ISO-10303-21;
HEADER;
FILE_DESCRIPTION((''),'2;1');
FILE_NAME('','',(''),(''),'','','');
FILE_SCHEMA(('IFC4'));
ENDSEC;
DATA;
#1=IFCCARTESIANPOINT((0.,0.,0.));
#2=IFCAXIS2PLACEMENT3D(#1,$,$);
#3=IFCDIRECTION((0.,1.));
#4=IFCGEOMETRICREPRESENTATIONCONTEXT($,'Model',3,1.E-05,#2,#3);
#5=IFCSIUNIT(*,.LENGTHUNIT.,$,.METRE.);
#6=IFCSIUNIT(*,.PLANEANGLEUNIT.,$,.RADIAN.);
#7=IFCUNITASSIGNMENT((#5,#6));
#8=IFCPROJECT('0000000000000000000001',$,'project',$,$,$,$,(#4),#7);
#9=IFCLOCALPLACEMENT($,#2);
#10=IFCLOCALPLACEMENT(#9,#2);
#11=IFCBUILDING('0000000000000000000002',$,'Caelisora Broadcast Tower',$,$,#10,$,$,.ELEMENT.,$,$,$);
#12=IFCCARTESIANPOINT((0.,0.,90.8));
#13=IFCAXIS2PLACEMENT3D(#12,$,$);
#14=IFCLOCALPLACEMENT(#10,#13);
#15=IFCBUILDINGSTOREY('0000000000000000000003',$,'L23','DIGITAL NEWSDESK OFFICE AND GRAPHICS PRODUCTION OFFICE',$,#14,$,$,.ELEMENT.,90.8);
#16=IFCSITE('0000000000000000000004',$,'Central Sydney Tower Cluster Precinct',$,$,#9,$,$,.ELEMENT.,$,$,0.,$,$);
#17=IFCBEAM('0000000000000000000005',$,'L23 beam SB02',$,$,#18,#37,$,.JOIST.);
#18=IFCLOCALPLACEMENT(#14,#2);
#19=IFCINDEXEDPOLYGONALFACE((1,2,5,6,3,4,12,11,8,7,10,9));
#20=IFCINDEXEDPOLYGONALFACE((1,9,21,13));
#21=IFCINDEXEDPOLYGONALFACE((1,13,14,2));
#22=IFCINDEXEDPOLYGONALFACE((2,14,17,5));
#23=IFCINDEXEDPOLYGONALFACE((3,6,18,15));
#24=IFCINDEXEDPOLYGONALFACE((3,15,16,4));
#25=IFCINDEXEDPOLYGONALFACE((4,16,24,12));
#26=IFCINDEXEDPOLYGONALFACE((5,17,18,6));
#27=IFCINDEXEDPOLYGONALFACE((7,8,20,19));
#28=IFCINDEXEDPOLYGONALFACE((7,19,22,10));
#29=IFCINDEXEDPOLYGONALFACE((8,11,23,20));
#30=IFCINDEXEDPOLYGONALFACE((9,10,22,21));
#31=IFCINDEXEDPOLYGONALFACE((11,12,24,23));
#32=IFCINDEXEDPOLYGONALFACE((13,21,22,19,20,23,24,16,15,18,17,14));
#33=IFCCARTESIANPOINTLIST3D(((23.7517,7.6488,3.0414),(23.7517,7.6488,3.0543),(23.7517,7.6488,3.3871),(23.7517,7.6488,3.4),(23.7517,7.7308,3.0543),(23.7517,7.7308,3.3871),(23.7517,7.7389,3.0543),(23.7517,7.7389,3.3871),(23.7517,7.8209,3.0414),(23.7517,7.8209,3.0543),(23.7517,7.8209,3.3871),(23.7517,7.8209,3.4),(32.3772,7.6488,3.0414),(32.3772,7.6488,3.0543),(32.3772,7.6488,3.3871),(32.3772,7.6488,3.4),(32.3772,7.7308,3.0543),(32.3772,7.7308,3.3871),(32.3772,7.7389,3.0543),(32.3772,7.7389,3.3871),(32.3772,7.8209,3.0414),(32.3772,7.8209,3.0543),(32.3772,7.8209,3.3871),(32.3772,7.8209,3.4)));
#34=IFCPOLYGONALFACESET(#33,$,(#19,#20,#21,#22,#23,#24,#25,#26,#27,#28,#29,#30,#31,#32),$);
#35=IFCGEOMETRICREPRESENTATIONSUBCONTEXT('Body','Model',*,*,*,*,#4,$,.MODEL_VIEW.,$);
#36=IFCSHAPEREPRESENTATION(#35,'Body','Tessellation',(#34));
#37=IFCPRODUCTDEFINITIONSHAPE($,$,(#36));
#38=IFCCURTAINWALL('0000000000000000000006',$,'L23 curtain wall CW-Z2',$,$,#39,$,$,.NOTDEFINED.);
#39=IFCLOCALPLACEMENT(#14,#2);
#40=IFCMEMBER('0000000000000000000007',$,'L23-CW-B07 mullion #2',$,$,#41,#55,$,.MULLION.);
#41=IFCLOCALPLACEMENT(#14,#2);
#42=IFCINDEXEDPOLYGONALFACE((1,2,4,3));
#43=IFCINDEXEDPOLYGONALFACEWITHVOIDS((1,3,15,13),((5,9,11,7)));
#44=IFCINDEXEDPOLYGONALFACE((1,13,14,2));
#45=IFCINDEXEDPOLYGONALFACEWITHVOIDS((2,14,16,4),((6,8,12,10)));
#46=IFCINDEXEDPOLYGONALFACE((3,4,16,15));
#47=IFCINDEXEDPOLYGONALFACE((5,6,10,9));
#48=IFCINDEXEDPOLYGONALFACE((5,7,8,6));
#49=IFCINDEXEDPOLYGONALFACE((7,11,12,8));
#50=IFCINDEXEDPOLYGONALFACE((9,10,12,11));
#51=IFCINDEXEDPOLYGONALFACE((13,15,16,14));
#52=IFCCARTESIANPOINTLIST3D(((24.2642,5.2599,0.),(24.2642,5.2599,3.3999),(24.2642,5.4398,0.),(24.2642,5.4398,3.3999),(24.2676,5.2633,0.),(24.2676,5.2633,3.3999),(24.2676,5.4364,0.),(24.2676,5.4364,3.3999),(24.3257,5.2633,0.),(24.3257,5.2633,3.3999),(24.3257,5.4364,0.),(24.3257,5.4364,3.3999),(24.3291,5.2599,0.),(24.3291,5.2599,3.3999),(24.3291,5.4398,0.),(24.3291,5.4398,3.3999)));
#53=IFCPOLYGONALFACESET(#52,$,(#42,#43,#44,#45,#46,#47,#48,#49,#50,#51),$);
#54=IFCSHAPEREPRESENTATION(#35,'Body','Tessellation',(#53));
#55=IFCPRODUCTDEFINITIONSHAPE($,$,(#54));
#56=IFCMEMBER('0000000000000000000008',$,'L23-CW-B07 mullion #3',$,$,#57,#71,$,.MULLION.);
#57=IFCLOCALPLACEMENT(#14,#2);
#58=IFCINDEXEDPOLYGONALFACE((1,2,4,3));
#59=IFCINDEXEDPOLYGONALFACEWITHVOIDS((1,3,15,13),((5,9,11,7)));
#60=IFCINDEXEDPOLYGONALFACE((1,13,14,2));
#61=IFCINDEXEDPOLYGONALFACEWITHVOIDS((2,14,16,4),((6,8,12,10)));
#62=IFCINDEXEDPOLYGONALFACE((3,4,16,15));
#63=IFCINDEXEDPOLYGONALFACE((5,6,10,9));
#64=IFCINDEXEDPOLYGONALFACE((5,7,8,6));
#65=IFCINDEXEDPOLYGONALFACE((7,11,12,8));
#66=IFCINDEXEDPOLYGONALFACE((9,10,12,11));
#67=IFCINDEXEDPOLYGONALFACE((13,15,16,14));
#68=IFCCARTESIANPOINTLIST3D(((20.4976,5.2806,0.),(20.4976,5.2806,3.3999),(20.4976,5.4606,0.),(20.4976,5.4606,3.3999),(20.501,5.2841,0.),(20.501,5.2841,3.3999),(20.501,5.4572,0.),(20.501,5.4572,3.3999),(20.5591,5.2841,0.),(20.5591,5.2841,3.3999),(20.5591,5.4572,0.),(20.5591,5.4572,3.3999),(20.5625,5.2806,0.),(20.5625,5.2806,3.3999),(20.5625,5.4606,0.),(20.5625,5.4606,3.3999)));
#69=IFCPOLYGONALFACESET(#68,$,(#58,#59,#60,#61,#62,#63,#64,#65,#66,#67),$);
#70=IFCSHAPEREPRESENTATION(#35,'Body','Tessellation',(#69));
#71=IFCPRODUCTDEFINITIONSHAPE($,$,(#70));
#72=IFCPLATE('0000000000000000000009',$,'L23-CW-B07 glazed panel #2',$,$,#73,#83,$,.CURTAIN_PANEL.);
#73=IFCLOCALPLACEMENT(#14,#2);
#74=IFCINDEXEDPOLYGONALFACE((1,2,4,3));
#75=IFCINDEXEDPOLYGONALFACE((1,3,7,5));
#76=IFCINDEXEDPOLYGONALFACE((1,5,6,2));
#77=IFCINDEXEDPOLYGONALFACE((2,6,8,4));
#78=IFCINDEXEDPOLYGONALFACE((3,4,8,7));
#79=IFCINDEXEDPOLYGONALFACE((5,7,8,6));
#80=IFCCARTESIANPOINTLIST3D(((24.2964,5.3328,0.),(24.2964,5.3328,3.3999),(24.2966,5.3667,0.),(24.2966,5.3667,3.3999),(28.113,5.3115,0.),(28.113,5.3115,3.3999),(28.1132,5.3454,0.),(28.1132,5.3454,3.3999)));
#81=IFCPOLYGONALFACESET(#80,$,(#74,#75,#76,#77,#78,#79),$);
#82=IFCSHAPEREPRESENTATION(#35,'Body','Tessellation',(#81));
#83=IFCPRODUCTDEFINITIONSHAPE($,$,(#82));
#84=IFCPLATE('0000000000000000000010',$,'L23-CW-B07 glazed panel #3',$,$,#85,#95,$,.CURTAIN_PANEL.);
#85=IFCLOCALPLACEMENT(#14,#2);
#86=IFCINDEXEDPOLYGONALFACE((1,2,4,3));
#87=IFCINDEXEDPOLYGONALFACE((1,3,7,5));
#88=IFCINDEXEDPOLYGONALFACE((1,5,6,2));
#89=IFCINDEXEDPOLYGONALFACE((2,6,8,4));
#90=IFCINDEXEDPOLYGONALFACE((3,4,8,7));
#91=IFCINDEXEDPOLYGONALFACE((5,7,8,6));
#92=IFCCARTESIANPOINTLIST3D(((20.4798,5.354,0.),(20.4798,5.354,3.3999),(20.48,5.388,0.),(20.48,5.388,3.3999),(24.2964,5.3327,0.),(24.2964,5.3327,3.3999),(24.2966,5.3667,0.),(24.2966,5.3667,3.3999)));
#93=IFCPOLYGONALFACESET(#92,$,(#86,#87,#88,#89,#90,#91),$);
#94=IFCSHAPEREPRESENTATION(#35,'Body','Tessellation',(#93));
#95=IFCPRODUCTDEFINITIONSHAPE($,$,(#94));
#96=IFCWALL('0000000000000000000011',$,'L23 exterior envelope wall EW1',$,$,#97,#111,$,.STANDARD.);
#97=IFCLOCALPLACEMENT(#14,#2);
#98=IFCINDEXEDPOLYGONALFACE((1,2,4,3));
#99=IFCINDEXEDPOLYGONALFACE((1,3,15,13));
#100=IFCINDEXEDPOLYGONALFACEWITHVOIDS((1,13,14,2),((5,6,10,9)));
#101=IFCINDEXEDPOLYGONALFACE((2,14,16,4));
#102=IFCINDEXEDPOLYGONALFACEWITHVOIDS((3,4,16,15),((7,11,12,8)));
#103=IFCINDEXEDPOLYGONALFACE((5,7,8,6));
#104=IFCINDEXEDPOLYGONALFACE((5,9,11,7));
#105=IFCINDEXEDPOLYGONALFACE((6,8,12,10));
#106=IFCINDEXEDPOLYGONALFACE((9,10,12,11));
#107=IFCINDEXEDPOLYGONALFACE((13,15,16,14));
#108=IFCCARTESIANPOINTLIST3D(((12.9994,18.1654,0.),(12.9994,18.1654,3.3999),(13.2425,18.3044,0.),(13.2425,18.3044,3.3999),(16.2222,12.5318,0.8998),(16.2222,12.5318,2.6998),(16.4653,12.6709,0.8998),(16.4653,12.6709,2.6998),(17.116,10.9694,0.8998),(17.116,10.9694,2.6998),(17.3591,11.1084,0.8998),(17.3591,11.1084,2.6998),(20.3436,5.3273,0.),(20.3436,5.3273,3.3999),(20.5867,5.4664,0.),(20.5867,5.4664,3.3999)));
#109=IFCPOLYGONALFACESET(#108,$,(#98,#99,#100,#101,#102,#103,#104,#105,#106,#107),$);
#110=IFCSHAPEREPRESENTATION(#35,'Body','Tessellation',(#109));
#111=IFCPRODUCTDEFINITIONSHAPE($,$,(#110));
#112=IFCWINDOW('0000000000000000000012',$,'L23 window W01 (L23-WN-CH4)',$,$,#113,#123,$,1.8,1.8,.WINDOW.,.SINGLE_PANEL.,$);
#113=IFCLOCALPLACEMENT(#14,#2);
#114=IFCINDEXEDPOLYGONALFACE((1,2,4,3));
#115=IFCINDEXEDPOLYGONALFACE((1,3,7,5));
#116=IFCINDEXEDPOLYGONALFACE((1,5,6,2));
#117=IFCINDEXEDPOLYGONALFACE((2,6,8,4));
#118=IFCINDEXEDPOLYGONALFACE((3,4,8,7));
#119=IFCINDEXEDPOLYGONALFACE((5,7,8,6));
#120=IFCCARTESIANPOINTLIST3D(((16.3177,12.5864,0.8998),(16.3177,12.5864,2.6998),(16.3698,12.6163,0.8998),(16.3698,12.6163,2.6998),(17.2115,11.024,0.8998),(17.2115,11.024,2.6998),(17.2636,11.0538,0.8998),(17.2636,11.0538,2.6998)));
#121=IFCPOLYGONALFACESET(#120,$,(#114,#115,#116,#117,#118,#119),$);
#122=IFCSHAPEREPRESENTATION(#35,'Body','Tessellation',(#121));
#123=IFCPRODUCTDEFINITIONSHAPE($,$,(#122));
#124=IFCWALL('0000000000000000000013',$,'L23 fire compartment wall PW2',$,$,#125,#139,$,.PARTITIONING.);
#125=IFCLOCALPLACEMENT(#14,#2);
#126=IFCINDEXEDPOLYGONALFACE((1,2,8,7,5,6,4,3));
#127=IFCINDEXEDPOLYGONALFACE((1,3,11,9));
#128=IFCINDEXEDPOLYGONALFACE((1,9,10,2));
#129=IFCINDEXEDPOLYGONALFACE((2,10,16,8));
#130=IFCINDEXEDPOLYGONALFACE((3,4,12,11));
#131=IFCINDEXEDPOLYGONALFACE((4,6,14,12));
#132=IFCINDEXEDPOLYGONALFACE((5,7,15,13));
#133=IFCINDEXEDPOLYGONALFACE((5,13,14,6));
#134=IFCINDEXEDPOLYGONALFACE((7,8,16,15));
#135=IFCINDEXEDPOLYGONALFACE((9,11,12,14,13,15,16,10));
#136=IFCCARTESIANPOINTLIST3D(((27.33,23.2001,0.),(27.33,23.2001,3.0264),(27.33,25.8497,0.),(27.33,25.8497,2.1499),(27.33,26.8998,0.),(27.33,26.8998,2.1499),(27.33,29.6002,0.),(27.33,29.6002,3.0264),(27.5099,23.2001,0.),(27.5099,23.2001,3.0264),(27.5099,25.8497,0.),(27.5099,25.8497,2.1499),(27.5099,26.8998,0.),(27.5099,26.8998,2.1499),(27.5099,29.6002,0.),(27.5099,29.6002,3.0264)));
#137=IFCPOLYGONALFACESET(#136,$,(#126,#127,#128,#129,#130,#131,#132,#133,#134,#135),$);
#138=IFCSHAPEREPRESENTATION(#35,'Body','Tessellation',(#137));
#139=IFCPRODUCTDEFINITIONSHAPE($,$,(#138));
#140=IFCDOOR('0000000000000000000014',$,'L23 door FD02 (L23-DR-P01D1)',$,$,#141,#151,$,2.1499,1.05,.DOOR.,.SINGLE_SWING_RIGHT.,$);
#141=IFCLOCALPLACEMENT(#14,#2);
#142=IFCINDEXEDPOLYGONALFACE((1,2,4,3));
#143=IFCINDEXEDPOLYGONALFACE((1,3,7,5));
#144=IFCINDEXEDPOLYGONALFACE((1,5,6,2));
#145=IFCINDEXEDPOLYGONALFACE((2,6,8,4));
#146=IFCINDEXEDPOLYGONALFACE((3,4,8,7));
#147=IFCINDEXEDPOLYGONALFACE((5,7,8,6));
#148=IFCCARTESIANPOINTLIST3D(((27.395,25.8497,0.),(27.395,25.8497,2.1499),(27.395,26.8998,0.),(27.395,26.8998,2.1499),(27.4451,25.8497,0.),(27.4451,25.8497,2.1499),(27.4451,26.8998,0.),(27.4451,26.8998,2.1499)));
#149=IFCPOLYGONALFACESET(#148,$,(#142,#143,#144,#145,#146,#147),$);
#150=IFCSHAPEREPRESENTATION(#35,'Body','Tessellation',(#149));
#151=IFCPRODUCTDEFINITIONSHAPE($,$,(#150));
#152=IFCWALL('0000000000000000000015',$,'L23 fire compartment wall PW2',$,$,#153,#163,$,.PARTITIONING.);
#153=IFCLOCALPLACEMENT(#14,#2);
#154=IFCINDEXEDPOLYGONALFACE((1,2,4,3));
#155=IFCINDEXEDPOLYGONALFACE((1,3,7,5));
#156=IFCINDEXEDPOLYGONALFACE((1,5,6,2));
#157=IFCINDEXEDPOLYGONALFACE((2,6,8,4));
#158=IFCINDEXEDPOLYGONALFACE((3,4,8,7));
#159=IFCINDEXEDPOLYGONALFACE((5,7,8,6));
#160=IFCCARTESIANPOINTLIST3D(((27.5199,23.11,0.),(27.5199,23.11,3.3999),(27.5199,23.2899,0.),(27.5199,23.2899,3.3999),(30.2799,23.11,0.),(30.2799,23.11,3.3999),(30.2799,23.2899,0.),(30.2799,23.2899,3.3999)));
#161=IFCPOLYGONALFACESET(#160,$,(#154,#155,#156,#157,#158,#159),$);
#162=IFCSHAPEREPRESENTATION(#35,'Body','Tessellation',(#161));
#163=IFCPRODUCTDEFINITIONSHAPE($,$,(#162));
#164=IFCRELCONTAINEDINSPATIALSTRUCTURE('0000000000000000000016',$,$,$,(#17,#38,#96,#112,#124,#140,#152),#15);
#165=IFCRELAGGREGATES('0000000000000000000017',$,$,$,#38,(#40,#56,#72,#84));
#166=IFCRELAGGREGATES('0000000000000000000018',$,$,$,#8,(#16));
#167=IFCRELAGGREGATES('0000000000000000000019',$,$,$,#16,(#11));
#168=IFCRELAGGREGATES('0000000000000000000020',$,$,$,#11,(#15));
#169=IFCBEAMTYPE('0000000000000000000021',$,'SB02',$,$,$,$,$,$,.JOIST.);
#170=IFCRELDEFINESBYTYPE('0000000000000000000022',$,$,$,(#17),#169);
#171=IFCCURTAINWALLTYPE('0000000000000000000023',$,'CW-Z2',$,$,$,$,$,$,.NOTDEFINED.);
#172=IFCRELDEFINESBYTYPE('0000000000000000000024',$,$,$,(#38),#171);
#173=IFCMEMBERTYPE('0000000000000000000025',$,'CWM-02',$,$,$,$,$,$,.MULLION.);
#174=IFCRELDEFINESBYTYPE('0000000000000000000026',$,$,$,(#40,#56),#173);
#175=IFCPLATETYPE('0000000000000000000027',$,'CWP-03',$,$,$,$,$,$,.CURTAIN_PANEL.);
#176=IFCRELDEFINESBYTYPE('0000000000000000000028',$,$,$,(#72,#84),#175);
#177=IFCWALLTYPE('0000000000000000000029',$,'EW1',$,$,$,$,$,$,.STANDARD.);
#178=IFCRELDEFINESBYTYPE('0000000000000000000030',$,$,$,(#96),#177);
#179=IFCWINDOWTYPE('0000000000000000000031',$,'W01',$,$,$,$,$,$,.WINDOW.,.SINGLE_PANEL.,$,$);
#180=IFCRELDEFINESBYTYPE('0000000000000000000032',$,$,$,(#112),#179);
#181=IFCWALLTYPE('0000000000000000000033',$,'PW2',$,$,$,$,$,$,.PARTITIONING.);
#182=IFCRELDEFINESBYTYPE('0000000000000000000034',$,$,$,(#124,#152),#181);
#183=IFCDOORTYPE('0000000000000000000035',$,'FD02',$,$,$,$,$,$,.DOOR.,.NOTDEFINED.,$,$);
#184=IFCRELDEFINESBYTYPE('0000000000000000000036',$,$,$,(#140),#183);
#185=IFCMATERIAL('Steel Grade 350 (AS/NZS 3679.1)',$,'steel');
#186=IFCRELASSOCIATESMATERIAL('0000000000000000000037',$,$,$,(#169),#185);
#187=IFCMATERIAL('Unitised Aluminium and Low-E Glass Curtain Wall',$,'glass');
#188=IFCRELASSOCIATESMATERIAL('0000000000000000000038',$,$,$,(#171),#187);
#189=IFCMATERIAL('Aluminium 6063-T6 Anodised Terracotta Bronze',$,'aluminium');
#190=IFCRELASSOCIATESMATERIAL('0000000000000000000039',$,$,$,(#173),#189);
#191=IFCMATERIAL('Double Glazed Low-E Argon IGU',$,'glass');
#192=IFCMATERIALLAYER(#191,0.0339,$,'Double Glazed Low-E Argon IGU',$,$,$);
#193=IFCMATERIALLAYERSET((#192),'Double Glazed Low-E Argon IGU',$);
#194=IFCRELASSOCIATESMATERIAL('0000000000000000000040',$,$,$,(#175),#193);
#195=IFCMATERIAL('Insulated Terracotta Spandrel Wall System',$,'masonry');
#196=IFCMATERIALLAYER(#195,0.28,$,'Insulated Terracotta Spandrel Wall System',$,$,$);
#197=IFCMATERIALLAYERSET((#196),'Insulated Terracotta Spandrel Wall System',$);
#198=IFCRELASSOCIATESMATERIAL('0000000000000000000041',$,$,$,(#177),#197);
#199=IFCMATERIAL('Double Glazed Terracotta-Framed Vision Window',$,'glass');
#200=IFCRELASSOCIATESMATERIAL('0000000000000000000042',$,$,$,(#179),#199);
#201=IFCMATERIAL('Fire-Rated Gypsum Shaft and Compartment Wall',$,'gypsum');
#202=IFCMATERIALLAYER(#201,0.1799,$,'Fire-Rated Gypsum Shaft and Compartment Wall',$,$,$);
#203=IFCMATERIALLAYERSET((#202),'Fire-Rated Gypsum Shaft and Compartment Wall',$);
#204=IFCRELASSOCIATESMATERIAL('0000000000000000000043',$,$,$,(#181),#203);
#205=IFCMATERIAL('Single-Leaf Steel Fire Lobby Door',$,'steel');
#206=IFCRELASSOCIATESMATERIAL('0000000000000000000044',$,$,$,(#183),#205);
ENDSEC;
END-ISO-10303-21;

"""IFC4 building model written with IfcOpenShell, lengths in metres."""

from ifc_helpers import new_model, si_unit, direction, frame, frame_2d, origin, origin_2d, place, context, subcontext, project, spatial, rectangle, hollow_rectangle, i_section, extrude, source, transform, mapped, material, layer, layer_set, material_profile, profile_set, type_object, type_shapes, element, fill, aggregate, save


model = new_model("IFC4")

# Units and contexts
model_context = context("Model", 3, precision=1e-05, world=origin(), true_north=direction((0.0, 1.0)))
body_context = subcontext(model_context, "Body", "Model", "MODEL_VIEW")
ifc_project = project(units=[si_unit("LENGTHUNIT", "METRE"), si_unit("PLANEANGLEUNIT", "RADIAN")], contexts=[model_context])

# Site, building, storey
site_placement = place(None, origin())
site = spatial("IfcSite", under=ifc_project, at=site_placement, Name="Central Sydney Tower Cluster Precinct", CompositionType="ELEMENT", RefElevation=0.0)
building_placement = place(site_placement, origin())
building = spatial("IfcBuilding", under=site, at=building_placement, Name="Caelisora Broadcast Tower", CompositionType="ELEMENT")
storey_placement = place(building_placement, frame((0.0, 0.0, 90.8)))
storey = spatial("IfcBuildingStorey", under=building, at=storey_placement, Name="L23", Description="DIGITAL NEWSDESK OFFICE AND GRAPHICS PRODUCTION OFFICE", CompositionType="ELEMENT", Elevation=90.8)

# Beam
ifc_material_1 = material(Name="Steel Grade 350 (AS/NZS 3679.1)", Category="steel")
ifc_material_profile_1 = material_profile(ifc_material_1, i_section(OverallWidth=0.1721, OverallDepth=0.3586, WebThickness=0.0081, FlangeThickness=0.0129, at=origin_2d()), Name="Steel Grade 350 (AS/NZS 3679.1)")
ifc_profile_set_1 = profile_set([ifc_material_profile_1], Name="Steel Grade 350 (AS/NZS 3679.1)")
beam_type_1 = type_object("IfcBeamType", Name="SB02", PredefinedType="JOIST", material=ifc_profile_set_1)
shared_shape_1 = source(origin(), body_context, "Body", "SweptSolid", [
    extrude(i_section(OverallWidth=0.1721, OverallDepth=0.3586, WebThickness=0.0081, FlangeThickness=0.0129, at=origin_2d()), origin(), (0.0, 0.0, 1.0), 8.6255),
])
beam_1_placement = place(storey_placement, frame((23.7517, 7.7349, 3.2207), z_axis=(1.0, 0.0, 0.0), x_axis=(0.0, 1.0, 0.0)))
element("IfcBeam", 1, at=beam_1_placement, inside=storey, type_object=beam_type_1, Name="L23 beam SB02", PredefinedType="JOIST", context=body_context, shape_type="MappedRepresentation", body=[
    mapped(shared_shape_1, transform((0.0, 0.0, 0.0), scale=1.0)),
])

# Curtain wall, members, plates
ifc_material_2 = material(Name="Unitised Aluminium and Low-E Glass Curtain Wall", Category="glass")
curtain_wall_type = type_object("IfcCurtainWallType", Name="CW-Z2", PredefinedType="NOTDEFINED", material=ifc_material_2)
curtain_wall_placement = place(storey_placement, origin())
curtain_wall = element("IfcCurtainWall", 2, at=curtain_wall_placement, inside=storey, type_object=curtain_wall_type, Name="L23 curtain wall CW-Z2", PredefinedType="NOTDEFINED")
ifc_material_3 = material(Name="Aluminium 6063-T6 Anodised Terracotta Bronze", Category="aluminium")
ifc_material_profile_2 = material_profile(ifc_material_3, hollow_rectangle(XDim=0.0649, YDim=0.1799, WallThickness=0.0034, at=origin_2d()), Name="Aluminium 6063-T6 Anodised Terracotta Bronze")
ifc_profile_set_2 = profile_set([ifc_material_profile_2], Name="Aluminium 6063-T6 Anodised Terracotta Bronze")
member_type = type_object("IfcMemberType", Name="CWM-02", PredefinedType="MULLION", material=ifc_profile_set_2)
shared_shape_2 = source(origin(), body_context, "Body", "SweptSolid", [
    extrude(hollow_rectangle(XDim=0.0649, YDim=0.1799, WallThickness=0.0034, at=origin_2d()), origin(), (0.0, 0.0, 1.0), 3.3999),
])
type_shapes(member_type, [shared_shape_2])
member_1_placement = place(storey_placement, frame((24.2966, 5.3499, 0.0), z_axis=(0.0, 0.0, 1.0), x_axis=(1.0, 0.0, 0.0)))
member_1 = element("IfcMember", 3, at=member_1_placement, type_object=member_type, Name="L23-CW-B07 mullion #2", PredefinedType="MULLION", context=body_context, shape_type="MappedRepresentation", body=[
    mapped(shared_shape_2, transform((0.0, 0.0, 0.0), scale=1.0)),
])
member_2_placement = place(storey_placement, frame((20.53, 5.3706, 0.0), z_axis=(0.0, 0.0, 1.0), x_axis=(1.0, 0.0, 0.0)))
member_2 = element("IfcMember", 4, at=member_2_placement, type_object=member_type, Name="L23-CW-B07 mullion #3", PredefinedType="MULLION", context=body_context, shape_type="MappedRepresentation", body=[
    mapped(shared_shape_2, transform((0.0, 0.0, 0.0), scale=1.0)),
])
ifc_material_4 = material(Name="Double Glazed Low-E Argon IGU", Category="glass")
ifc_layer_1 = layer(ifc_material_4, 0.0339, Name="Double Glazed Low-E Argon IGU")
ifc_layer_set_1 = layer_set([ifc_layer_1], Name="Double Glazed Low-E Argon IGU")
plate_type = type_object("IfcPlateType", Name="CWP-03", PredefinedType="CURTAIN_PANEL", material=ifc_layer_set_1)
shared_shape_3 = source(origin(), body_context, "Body", "SweptSolid", [
    extrude(rectangle(XDim=3.8167, YDim=0.0339, at=origin_2d()), origin(), (0.0, 0.0, 1.0), 3.3999),
])
type_shapes(plate_type, [shared_shape_3])
plate_1_placement = place(storey_placement, frame((26.2048, 5.3391, 0.0), z_axis=(0.0, 0.0, 1.0), x_axis=(-0.999984, 0.005585, 0.0)))
plate_1 = element("IfcPlate", 5, at=plate_1_placement, type_object=plate_type, Name="L23-CW-B07 glazed panel #2", PredefinedType="CURTAIN_PANEL", context=body_context, shape_type="MappedRepresentation", body=[
    mapped(shared_shape_3, transform((0.0, 0.0, 0.0), scale=1.0)),
])
plate_2_placement = place(storey_placement, frame((22.3882, 5.3604, 0.0), z_axis=(0.0, 0.0, 1.0), x_axis=(-0.999984, 0.005585, 0.0)))
plate_2 = element("IfcPlate", 6, at=plate_2_placement, type_object=plate_type, Name="L23-CW-B07 glazed panel #3", PredefinedType="CURTAIN_PANEL", context=body_context, shape_type="MappedRepresentation", body=[
    mapped(shared_shape_3, transform((0.0, 0.0, 0.0), scale=1.0)),
])
aggregate(curtain_wall, [member_1, member_2, plate_1, plate_2])

# Wall, opening, window
ifc_material_5 = material(Name="Insulated Terracotta Spandrel Wall System", Category="masonry")
ifc_layer_2 = layer(ifc_material_5, 0.28, Name="Insulated Terracotta Spandrel Wall System")
ifc_layer_set_2 = layer_set([ifc_layer_2], Name="Insulated Terracotta Spandrel Wall System")
wall_type_1 = type_object("IfcWallType", Name="EW1", PredefinedType="STANDARD", material=ifc_layer_set_2)
wall_1_placement = place(storey_placement, frame((20.4651, 5.397, 0.0), z_axis=(0.0, 0.0, 1.0), x_axis=(-0.496555, 0.868005, 0.0)))
wall_1 = element("IfcWall", 7, at=wall_1_placement, inside=storey, type_object=wall_type_1, Name="L23 exterior envelope wall EW1", PredefinedType="STANDARD", context=body_context, shape_type="SweptSolid", body=[
    extrude(rectangle(XDim=14.7903, YDim=0.28, at=frame_2d((7.395, 0.0))), origin(), (0.0, 0.0, 1.0), 3.3999),
])
opening_1_placement = place(wall_1_placement, frame((6.5, 0.0, 0.8999)))
opening_1 = element("IfcOpeningElement", 8, at=opening_1_placement, cuts=wall_1, PredefinedType="OPENING", context=body_context, shape_type="SweptSolid", body=[
    extrude(rectangle(XDim=1.8, YDim=1.8, at=frame_2d((0.8999, 0.8999))), frame((0.0, 0.1521, 0.0), z_axis=(0.0, -1.0, 0.0), x_axis=(1.0, 0.0, 0.0)), (0.0, 0.0, 1.0), 0.304),
])
ifc_material_6 = material(Name="Double Glazed Terracotta-Framed Vision Window", Category="glass")
window_type = type_object("IfcWindowType", Name="W01", PartitioningType="SINGLE_PANEL", PredefinedType="WINDOW", material=ifc_material_6)
window_placement = place(opening_1_placement, origin())
window = element("IfcWindow", 9, at=window_placement, inside=storey, type_object=window_type, Name="L23 window W01 (L23-WN-CH4)", OverallHeight=1.8, OverallWidth=1.8, PartitioningType="SINGLE_PANEL", PredefinedType="WINDOW", context=body_context, shape_type="SweptSolid", body=[
    extrude(rectangle(XDim=1.8, YDim=1.8, at=frame_2d((0.8999, 0.8999))), frame((0.0, 0.03, 0.0), z_axis=(0.0, -1.0, 0.0), x_axis=(1.0, 0.0, 0.0)), (0.0, 0.0, 1.0), 0.0601),
])
fill(opening_1, window)

# Wall, opening, door
ifc_material_7 = material(Name="Fire-Rated Gypsum Shaft and Compartment Wall", Category="gypsum")
ifc_layer_3 = layer(ifc_material_7, 0.1799, Name="Fire-Rated Gypsum Shaft and Compartment Wall")
ifc_layer_set_3 = layer_set([ifc_layer_3], Name="Fire-Rated Gypsum Shaft and Compartment Wall")
wall_type_2 = type_object("IfcWallType", Name="PW2", PredefinedType="PARTITIONING", material=ifc_layer_set_3)
wall_2_placement = place(storey_placement, frame((27.4199, 23.2, 0.0), z_axis=(0.0, 0.0, 1.0), x_axis=(0.0, 1.0, 0.0)))
wall_2 = element("IfcWall", 10, at=wall_2_placement, inside=storey, type_object=wall_type_2, Name="L23 fire compartment wall PW2", PredefinedType="PARTITIONING", context=body_context, shape_type="SweptSolid", body=[
    extrude(rectangle(XDim=6.4001, YDim=0.1799, at=frame_2d((3.2002, 0.0))), origin(), (0.0, 0.0, 1.0), 3.0264),
])
opening_2_placement = place(wall_2_placement, frame((2.6499, 0.0, 0.0)))
opening_2 = element("IfcOpeningElement", 11, at=opening_2_placement, cuts=wall_2, PredefinedType="OPENING", context=body_context, shape_type="SweptSolid", body=[
    extrude(rectangle(XDim=1.05, YDim=2.1499, at=frame_2d((0.5249, 1.075))), frame((0.0, 0.1021, 0.0), z_axis=(0.0, -1.0, 0.0), x_axis=(1.0, 0.0, 0.0)), (0.0, 0.0, 1.0), 0.2039),
])
ifc_material_8 = material(Name="Single-Leaf Steel Fire Lobby Door", Category="steel")
door_type_1 = type_object("IfcDoorType", Name="FD02", OperationType="NOTDEFINED", PredefinedType="DOOR", material=ifc_material_8)
door_1_placement = place(opening_2_placement, origin())
door_1 = element("IfcDoor", 12, at=door_1_placement, inside=storey, type_object=door_type_1, Name="L23 door FD02 (L23-DR-P01D1)", OperationType="SINGLE_SWING_RIGHT", OverallHeight=2.1499, OverallWidth=1.05, PredefinedType="DOOR", context=body_context, shape_type="SweptSolid", body=[
    extrude(rectangle(XDim=1.05, YDim=2.1499, at=frame_2d((0.5249, 1.075))), frame((0.0, 0.0249, 0.0), z_axis=(0.0, -1.0, 0.0), x_axis=(1.0, 0.0, 0.0)), (0.0, 0.0, 1.0), 0.05),
])
fill(opening_2, door_1)

# Wall
wall_3_placement = place(storey_placement, frame((27.52, 23.2, 0.0), z_axis=(0.0, 0.0, 1.0), x_axis=(1.0, 0.0, 0.0)))
element("IfcWall", 13, at=wall_3_placement, inside=storey, type_object=wall_type_2, Name="L23 fire compartment wall PW2", PredefinedType="PARTITIONING", context=body_context, shape_type="SweptSolid", body=[
    extrude(rectangle(XDim=2.76, YDim=0.1799, at=frame_2d((1.3799, 0.0))), origin(), (0.0, 0.0, 1.0), 3.3999),
])

save(model, "model.ifc")
